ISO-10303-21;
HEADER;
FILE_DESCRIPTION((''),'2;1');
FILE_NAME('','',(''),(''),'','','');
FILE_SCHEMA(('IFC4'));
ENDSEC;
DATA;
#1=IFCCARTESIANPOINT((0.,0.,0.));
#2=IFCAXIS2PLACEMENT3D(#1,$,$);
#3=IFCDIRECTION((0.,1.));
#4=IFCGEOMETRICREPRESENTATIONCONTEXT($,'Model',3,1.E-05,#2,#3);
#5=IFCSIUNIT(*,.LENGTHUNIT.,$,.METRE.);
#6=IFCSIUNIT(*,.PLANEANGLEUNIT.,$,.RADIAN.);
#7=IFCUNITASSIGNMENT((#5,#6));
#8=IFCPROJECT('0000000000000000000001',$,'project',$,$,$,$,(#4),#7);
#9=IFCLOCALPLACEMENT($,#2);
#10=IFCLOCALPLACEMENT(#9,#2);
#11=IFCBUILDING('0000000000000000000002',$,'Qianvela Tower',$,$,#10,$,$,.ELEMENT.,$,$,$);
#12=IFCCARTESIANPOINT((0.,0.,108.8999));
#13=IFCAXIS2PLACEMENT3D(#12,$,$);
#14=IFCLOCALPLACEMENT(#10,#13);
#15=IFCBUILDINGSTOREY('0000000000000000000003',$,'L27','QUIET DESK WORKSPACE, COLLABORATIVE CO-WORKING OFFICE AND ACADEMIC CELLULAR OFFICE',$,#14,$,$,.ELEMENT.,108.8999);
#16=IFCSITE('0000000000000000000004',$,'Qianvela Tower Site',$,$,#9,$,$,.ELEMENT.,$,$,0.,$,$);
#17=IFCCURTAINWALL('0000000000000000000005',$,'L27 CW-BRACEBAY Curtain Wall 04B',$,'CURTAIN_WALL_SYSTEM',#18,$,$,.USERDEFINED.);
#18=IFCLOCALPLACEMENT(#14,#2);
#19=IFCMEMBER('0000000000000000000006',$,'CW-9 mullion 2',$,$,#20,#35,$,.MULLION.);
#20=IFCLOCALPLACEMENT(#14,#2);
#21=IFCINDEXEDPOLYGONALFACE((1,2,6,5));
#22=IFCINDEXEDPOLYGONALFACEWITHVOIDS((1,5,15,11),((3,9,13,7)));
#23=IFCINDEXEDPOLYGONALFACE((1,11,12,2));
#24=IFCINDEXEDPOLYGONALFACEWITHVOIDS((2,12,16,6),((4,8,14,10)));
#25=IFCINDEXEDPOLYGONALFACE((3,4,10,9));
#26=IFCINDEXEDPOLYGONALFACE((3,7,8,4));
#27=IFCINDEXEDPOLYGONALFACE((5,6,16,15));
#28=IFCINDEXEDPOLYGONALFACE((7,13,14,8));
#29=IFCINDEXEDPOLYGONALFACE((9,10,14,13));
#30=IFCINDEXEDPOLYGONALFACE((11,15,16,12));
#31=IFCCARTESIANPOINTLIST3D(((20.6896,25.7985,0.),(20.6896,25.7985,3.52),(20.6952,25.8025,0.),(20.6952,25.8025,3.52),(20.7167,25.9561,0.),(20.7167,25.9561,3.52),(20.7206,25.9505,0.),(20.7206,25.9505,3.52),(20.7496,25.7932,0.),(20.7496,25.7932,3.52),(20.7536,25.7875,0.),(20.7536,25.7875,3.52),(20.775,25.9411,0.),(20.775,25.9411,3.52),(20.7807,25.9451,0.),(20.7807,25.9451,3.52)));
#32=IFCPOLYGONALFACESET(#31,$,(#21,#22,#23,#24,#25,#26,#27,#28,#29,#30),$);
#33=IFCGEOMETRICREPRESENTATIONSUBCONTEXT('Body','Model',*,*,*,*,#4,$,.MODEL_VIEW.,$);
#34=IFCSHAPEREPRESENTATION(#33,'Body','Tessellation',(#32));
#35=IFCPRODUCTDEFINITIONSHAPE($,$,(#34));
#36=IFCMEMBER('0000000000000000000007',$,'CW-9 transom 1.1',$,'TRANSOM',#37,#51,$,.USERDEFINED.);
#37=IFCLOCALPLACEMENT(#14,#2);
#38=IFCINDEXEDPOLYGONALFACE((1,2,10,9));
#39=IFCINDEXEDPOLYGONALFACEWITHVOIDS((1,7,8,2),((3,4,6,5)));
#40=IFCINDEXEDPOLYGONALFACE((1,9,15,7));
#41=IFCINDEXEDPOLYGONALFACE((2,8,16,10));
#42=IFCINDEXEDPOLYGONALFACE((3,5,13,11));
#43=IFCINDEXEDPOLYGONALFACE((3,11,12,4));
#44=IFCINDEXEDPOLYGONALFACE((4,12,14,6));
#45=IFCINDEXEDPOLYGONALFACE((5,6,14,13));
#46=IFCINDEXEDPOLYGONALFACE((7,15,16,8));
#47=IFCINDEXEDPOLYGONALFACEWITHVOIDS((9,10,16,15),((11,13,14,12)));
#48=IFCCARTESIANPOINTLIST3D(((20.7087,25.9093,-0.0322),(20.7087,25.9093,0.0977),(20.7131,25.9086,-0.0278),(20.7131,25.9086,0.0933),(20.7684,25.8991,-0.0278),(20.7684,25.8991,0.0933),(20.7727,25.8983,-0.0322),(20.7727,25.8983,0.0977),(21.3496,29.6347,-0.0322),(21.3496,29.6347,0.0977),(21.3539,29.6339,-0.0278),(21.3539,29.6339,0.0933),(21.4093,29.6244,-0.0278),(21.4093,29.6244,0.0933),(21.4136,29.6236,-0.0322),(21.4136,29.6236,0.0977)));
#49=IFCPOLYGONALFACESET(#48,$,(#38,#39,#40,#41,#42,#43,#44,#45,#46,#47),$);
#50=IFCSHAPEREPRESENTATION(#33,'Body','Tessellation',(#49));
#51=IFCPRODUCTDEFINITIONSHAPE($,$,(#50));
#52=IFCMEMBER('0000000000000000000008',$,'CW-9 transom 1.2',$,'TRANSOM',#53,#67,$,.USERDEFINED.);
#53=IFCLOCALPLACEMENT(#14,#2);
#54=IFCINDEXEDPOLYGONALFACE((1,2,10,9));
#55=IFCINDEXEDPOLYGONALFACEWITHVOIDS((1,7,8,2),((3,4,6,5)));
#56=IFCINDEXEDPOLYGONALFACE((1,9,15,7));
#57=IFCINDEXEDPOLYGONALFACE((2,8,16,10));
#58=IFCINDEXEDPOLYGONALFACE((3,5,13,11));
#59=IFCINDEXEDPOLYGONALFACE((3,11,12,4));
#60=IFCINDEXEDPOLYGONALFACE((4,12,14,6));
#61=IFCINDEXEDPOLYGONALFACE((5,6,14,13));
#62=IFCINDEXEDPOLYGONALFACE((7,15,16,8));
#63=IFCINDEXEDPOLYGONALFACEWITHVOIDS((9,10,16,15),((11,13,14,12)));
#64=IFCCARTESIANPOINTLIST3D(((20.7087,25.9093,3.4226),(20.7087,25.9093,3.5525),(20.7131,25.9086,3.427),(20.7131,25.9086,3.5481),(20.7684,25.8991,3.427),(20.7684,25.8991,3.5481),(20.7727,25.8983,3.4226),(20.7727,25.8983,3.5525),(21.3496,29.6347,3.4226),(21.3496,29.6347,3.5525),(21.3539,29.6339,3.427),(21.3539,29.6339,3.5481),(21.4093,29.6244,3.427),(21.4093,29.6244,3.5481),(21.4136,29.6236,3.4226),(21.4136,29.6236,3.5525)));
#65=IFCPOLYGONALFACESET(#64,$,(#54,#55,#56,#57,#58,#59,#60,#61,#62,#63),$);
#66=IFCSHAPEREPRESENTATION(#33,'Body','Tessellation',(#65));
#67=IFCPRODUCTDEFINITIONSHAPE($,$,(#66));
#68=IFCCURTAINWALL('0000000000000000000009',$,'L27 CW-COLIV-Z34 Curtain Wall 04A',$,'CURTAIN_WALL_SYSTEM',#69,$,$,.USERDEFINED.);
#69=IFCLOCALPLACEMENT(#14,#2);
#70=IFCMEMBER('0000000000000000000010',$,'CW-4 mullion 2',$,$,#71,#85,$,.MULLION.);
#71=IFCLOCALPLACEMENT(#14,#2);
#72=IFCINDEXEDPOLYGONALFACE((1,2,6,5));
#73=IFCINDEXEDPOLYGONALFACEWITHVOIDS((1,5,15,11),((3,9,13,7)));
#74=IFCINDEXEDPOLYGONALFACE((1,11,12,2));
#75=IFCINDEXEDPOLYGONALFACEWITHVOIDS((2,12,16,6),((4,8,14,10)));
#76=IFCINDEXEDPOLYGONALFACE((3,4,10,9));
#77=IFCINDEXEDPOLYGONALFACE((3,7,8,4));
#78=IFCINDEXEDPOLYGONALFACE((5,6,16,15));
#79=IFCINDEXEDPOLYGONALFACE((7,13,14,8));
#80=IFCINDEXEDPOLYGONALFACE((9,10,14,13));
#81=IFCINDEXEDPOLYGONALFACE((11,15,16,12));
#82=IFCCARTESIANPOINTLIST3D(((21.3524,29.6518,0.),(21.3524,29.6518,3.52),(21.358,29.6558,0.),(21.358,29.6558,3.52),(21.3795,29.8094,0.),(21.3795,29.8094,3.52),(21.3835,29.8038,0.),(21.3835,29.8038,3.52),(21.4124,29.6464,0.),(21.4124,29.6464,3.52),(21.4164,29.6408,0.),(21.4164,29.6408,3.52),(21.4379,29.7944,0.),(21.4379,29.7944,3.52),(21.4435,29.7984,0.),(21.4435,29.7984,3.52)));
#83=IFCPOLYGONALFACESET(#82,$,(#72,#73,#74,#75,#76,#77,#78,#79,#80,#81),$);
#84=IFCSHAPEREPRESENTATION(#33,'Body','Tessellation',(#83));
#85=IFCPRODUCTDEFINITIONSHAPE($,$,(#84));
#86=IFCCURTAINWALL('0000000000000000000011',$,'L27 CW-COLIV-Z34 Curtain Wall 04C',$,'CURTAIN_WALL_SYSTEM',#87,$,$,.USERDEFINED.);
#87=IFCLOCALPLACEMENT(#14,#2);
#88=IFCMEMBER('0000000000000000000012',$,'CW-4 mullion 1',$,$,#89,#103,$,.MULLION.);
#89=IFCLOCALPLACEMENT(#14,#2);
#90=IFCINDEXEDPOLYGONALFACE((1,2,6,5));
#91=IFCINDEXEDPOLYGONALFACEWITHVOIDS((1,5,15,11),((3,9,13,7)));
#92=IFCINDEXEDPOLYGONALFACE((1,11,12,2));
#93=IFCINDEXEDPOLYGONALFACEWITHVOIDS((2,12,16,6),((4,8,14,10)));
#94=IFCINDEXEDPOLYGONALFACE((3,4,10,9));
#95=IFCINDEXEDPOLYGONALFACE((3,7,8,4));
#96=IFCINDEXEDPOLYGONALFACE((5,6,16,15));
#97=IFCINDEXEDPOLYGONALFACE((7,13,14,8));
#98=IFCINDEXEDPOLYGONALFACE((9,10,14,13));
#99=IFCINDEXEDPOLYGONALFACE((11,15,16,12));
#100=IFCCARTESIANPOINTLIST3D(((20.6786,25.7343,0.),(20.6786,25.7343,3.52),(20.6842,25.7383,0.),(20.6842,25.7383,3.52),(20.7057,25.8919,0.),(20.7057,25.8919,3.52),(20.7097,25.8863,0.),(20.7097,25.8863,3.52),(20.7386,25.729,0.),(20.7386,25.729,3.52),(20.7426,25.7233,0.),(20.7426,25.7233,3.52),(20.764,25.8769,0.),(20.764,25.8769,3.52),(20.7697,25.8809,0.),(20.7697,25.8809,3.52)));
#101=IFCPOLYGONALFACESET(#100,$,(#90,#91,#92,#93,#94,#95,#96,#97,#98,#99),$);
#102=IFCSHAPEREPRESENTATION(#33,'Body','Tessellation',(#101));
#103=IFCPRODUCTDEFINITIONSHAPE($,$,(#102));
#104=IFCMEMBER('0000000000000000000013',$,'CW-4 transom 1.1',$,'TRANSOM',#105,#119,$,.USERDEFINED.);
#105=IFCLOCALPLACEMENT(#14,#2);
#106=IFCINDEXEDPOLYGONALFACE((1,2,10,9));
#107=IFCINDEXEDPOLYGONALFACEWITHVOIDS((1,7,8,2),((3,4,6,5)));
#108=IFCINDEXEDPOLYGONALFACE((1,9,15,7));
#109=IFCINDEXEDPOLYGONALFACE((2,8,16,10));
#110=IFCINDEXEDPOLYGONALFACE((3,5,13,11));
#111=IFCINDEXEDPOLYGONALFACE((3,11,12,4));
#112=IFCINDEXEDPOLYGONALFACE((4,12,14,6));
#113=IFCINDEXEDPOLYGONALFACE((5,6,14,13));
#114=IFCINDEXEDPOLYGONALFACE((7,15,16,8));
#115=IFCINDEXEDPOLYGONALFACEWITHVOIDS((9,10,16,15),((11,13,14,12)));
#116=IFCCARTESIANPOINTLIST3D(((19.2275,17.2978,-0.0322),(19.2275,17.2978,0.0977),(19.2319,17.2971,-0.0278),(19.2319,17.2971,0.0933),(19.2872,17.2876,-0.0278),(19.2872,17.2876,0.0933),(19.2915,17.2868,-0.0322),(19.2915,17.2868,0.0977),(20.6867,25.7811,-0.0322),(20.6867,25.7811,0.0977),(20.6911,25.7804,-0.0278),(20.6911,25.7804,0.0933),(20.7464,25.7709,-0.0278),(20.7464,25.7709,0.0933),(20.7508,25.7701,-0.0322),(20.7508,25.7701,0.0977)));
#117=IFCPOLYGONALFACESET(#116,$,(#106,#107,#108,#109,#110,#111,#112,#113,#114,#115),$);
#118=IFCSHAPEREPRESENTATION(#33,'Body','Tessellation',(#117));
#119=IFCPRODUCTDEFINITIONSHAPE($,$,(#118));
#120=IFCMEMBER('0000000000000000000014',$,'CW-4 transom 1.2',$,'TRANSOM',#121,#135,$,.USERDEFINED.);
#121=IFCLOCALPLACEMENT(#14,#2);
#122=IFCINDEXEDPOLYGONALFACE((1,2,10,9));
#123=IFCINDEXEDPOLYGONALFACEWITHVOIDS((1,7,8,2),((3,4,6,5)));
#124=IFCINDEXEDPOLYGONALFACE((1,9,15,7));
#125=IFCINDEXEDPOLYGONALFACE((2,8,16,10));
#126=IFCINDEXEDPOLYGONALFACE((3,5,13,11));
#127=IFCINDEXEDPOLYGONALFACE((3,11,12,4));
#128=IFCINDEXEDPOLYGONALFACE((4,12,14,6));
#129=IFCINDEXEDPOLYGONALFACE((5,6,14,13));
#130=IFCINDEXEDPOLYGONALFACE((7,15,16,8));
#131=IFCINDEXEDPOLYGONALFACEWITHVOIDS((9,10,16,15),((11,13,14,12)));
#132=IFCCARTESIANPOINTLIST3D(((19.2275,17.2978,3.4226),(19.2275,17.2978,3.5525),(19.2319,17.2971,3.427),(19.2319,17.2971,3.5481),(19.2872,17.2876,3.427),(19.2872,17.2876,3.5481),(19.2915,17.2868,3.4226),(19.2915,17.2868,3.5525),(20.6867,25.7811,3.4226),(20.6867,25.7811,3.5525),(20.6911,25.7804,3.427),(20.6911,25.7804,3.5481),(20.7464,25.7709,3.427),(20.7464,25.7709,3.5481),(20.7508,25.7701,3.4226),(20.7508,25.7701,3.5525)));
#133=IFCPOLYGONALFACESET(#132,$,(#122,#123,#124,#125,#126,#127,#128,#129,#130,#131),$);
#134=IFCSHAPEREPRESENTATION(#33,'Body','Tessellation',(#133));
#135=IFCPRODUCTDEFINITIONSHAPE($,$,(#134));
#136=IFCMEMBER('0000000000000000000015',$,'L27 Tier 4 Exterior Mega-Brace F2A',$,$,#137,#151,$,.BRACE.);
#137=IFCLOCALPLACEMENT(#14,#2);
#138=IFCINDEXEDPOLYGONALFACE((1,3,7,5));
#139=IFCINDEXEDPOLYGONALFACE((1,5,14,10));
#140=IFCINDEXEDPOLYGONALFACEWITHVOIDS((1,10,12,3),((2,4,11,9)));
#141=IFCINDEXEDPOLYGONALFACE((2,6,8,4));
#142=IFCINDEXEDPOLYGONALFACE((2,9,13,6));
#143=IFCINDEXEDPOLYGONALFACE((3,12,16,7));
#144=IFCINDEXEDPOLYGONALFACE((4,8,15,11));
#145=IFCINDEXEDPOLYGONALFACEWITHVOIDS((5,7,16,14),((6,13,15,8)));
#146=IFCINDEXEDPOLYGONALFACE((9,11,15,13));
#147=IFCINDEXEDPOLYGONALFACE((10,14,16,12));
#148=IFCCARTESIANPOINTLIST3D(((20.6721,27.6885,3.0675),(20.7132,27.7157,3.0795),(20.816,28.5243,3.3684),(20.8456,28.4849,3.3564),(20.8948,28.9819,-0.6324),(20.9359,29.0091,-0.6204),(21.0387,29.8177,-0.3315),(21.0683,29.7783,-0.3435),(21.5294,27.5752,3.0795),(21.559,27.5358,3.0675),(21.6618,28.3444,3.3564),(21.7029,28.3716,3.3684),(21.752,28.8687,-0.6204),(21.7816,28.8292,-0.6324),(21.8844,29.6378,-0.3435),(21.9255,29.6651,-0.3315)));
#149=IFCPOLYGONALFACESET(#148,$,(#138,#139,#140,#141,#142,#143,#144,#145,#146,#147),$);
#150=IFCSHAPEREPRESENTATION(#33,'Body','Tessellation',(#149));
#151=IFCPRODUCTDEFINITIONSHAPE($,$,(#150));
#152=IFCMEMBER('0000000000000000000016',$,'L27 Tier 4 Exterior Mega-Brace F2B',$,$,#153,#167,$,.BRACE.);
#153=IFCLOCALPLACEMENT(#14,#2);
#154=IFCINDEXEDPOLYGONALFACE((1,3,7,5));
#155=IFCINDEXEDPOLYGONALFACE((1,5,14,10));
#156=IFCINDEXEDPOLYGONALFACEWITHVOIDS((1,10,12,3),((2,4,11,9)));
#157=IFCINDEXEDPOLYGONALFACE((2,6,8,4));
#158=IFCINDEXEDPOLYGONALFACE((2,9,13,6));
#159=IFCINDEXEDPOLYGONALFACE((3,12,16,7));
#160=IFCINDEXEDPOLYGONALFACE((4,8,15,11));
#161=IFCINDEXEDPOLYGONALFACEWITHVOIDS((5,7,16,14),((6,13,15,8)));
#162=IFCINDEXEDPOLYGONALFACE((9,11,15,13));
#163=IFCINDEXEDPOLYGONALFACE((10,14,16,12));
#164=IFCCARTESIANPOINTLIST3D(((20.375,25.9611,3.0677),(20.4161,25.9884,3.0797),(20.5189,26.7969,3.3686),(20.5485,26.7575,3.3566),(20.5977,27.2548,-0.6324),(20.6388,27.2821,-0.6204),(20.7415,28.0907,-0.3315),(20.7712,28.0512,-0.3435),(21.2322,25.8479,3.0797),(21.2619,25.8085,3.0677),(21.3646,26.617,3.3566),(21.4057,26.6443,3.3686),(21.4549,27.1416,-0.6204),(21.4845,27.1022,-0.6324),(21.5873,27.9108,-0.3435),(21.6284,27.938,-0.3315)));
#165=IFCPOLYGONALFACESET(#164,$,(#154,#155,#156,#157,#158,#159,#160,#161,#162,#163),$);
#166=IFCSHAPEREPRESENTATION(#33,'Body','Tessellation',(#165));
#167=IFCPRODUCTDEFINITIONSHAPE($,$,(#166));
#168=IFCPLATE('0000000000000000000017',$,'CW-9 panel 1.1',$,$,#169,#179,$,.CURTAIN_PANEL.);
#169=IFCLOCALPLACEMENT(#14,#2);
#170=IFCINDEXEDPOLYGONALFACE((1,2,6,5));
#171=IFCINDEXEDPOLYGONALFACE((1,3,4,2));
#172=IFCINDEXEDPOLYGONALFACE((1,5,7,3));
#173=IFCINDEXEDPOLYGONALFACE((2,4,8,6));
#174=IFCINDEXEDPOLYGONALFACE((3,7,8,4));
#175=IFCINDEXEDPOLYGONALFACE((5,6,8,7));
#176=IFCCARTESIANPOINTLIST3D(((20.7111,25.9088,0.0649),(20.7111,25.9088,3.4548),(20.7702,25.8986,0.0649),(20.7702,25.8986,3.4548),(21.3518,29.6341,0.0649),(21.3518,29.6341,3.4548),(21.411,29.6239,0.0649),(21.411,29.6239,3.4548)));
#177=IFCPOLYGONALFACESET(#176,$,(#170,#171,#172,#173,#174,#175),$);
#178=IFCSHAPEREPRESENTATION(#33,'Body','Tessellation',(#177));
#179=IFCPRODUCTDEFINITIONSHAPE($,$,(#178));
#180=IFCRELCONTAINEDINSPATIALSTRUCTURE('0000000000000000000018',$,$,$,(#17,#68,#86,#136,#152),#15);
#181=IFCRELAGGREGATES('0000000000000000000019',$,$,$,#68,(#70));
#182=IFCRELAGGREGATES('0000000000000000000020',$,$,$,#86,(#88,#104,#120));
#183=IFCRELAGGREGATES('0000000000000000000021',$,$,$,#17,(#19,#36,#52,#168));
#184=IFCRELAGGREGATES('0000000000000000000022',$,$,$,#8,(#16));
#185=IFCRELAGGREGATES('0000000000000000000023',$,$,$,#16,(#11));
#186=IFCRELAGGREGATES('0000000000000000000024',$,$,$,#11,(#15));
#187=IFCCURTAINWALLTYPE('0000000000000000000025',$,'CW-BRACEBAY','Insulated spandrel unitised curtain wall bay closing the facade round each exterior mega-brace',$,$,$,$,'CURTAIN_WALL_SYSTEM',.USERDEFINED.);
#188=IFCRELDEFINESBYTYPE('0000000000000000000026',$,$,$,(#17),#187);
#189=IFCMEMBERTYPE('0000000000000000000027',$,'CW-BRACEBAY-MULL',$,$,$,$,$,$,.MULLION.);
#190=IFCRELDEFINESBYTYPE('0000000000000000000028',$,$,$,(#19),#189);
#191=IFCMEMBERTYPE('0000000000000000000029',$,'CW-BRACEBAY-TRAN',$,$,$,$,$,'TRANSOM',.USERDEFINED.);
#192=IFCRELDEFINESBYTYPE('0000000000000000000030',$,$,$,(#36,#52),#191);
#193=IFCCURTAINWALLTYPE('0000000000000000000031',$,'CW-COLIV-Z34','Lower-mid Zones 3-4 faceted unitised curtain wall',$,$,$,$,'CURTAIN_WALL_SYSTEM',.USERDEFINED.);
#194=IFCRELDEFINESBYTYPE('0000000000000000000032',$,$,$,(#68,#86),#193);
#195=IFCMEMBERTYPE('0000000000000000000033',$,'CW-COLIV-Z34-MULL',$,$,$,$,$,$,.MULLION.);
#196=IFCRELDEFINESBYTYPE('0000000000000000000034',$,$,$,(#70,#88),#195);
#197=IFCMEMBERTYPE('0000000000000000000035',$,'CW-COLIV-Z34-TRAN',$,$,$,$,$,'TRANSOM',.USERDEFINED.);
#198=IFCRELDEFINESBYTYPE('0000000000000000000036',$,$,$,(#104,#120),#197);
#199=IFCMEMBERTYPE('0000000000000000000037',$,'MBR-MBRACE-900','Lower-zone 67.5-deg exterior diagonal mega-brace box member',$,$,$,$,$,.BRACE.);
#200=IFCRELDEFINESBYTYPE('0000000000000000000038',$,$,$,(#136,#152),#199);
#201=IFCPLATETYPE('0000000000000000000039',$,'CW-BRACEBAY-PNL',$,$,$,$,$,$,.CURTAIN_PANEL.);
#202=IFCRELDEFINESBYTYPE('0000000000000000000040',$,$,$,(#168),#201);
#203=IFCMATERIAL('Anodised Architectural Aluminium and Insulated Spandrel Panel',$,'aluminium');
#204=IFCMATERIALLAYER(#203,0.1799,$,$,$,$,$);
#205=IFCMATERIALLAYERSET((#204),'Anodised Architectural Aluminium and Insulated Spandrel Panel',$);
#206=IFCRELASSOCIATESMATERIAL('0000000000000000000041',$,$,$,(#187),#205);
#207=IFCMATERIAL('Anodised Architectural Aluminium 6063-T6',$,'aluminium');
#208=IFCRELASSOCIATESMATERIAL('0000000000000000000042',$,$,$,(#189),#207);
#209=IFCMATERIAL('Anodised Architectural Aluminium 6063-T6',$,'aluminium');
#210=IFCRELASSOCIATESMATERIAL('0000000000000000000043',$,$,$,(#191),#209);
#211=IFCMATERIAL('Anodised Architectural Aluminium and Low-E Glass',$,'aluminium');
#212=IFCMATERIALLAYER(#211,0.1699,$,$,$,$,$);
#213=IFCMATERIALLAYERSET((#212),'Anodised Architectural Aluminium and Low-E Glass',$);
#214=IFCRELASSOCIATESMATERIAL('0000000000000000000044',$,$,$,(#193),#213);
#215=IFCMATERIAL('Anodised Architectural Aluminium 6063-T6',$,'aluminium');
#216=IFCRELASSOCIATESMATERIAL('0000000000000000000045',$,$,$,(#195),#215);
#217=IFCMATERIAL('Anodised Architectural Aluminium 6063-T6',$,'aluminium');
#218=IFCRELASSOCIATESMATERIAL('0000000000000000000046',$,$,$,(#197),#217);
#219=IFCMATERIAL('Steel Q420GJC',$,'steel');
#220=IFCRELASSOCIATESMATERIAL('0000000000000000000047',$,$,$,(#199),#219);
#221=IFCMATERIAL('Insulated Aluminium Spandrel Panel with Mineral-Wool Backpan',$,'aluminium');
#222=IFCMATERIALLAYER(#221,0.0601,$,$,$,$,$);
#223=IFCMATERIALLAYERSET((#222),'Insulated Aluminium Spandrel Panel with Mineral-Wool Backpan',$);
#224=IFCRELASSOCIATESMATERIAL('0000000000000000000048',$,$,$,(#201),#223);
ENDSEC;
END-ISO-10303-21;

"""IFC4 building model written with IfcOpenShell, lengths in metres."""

from ifc_helpers import new_model, si_unit, direction, frame, origin, origin_2d, place, context, subcontext, project, spatial, rectangle, hollow_rectangle, extrude, material, layer, layer_set, material_profile, profile_set, type_object, element, aggregate, save


model = new_model("IFC4")

# Units and contexts
model_context = context("Model", 3, precision=1e-05, world=origin(), true_north=direction((0.0, 1.0)))
body_context = subcontext(model_context, "Body", "Model", "MODEL_VIEW")
ifc_project = project(units=[si_unit("LENGTHUNIT", "METRE"), si_unit("PLANEANGLEUNIT", "RADIAN")], contexts=[model_context])

# Site, building, storey
site_placement = place(None, origin())
site = spatial("IfcSite", under=ifc_project, at=site_placement, Name="Qianvela Tower Site", CompositionType="ELEMENT", RefElevation=0.0)
building_placement = place(site_placement, origin())
building = spatial("IfcBuilding", under=site, at=building_placement, Name="Qianvela Tower", CompositionType="ELEMENT")
storey_placement = place(building_placement, frame((0.0, 0.0, 108.8999)))
storey = spatial("IfcBuildingStorey", under=building, at=storey_placement, Name="L27", Description="QUIET DESK WORKSPACE, COLLABORATIVE CO-WORKING OFFICE AND ACADEMIC CELLULAR OFFICE", CompositionType="ELEMENT", Elevation=108.8999)

# Curtain wall, members
ifc_material_1 = material(Name="Anodised Architectural Aluminium and Insulated Spandrel Panel", Category="aluminium")
ifc_layer_1 = layer(ifc_material_1, 0.1799)
ifc_layer_set_1 = layer_set([ifc_layer_1], Name="Anodised Architectural Aluminium and Insulated Spandrel Panel")
curtain_wall_type_1 = type_object("IfcCurtainWallType", Name="CW-BRACEBAY", Description="Insulated spandrel unitised curtain wall bay closing the facade round each exterior mega-brace", ElementType="CURTAIN_WALL_SYSTEM", PredefinedType="USERDEFINED", material=ifc_layer_set_1)
curtain_wall_1_placement = place(storey_placement, origin())
curtain_wall_1 = element("IfcCurtainWall", 1, at=curtain_wall_1_placement, inside=storey, type_object=curtain_wall_type_1, Name="L27 CW-BRACEBAY Curtain Wall 04B", ObjectType="CURTAIN_WALL_SYSTEM", PredefinedType="USERDEFINED")
ifc_material_2 = material(Name="Anodised Architectural Aluminium 6063-T6", Category="aluminium")
ifc_material_profile_1 = material_profile(ifc_material_2, hollow_rectangle(XDim=0.0649, YDim=0.1599, WallThickness=0.0049, at=origin_2d()), Name="ALU-MULL-65x160")
ifc_profile_set_1 = profile_set([ifc_material_profile_1], Name="Anodised Architectural Aluminium 6063-T6")
member_type_1 = type_object("IfcMemberType", Name="CW-BRACEBAY-MULL", PredefinedType="MULLION", material=ifc_profile_set_1)
member_1_placement = place(storey_placement, frame((20.7351, 25.8718, 0.0), z_axis=(0.0, 0.0, 1.0), x_axis=(0.985528, -0.169515, 0.0)))
member_1 = element("IfcMember", 2, at=member_1_placement, type_object=member_type_1, Name="CW-9 mullion 2", PredefinedType="MULLION", context=body_context, shape_type="SweptSolid", body=[
    extrude(hollow_rectangle(XDim=0.0649, YDim=0.1599, WallThickness=0.0049, at=origin_2d()), origin(), (0.0, 0.0, 1.0), 3.52),
])
ifc_material_3 = material(Name="Anodised Architectural Aluminium 6063-T6", Category="aluminium")
ifc_material_profile_2 = material_profile(ifc_material_3, hollow_rectangle(XDim=0.0649, YDim=0.1299, WallThickness=0.0044, at=origin_2d()), Name="ALU-TRAN-65x130")
ifc_profile_set_2 = profile_set([ifc_material_profile_2], Name="Anodised Architectural Aluminium 6063-T6")
member_type_2 = type_object("IfcMemberType", Name="CW-BRACEBAY-TRAN", ElementType="TRANSOM", PredefinedType="USERDEFINED", material=ifc_profile_set_2)
member_2_placement = place(storey_placement, frame((21.3816, 29.6292, 0.0327), z_axis=(-0.169539, -0.985523, 0.0), x_axis=(0.985523, -0.169539, 0.0)))
member_2 = element("IfcMember", 3, at=member_2_placement, type_object=member_type_2, Name="CW-9 transom 1.1", ObjectType="TRANSOM", PredefinedType="USERDEFINED", context=body_context, shape_type="SweptSolid", body=[
    extrude(hollow_rectangle(XDim=0.0649, YDim=0.1299, WallThickness=0.0044, at=origin_2d()), origin(), (0.0, 0.0, 1.0), 3.78),
])
member_3_placement = place(storey_placement, frame((21.3816, 29.6292, 3.4875), z_axis=(-0.169539, -0.985523, 0.0), x_axis=(0.985523, -0.169539, 0.0)))
member_3 = element("IfcMember", 4, at=member_3_placement, type_object=member_type_2, Name="CW-9 transom 1.2", ObjectType="TRANSOM", PredefinedType="USERDEFINED", context=body_context, shape_type="SweptSolid", body=[
    extrude(hollow_rectangle(XDim=0.0649, YDim=0.1299, WallThickness=0.0044, at=origin_2d()), origin(), (0.0, 0.0, 1.0), 3.78),
])

# Curtain wall, member
ifc_material_4 = material(Name="Anodised Architectural Aluminium and Low-E Glass", Category="aluminium")
ifc_layer_2 = layer(ifc_material_4, 0.1699)
ifc_layer_set_2 = layer_set([ifc_layer_2], Name="Anodised Architectural Aluminium and Low-E Glass")
curtain_wall_type_2 = type_object("IfcCurtainWallType", Name="CW-COLIV-Z34", Description="Lower-mid Zones 3-4 faceted unitised curtain wall", ElementType="CURTAIN_WALL_SYSTEM", PredefinedType="USERDEFINED", material=ifc_layer_set_2)
curtain_wall_2_placement = place(storey_placement, origin())
curtain_wall_2 = element("IfcCurtainWall", 5, at=curtain_wall_2_placement, inside=storey, type_object=curtain_wall_type_2, Name="L27 CW-COLIV-Z34 Curtain Wall 04A", ObjectType="CURTAIN_WALL_SYSTEM", PredefinedType="USERDEFINED")
ifc_material_5 = material(Name="Anodised Architectural Aluminium 6063-T6", Category="aluminium")
ifc_material_profile_3 = material_profile(ifc_material_5, hollow_rectangle(XDim=0.0649, YDim=0.1599, WallThickness=0.0049, at=origin_2d()), Name="ALU-MULL-65x160")
ifc_profile_set_3 = profile_set([ifc_material_profile_3], Name="Anodised Architectural Aluminium 6063-T6")
member_type_3 = type_object("IfcMemberType", Name="CW-COLIV-Z34-MULL", PredefinedType="MULLION", material=ifc_profile_set_3)
member_4_placement = place(storey_placement, frame((21.3979, 29.7251, 0.0), z_axis=(0.0, 0.0, 1.0), x_axis=(0.985527, -0.169521, 0.0)))
member_4 = element("IfcMember", 6, at=member_4_placement, type_object=member_type_3, Name="CW-4 mullion 2", PredefinedType="MULLION", context=body_context, shape_type="SweptSolid", body=[
    extrude(hollow_rectangle(XDim=0.0649, YDim=0.1599, WallThickness=0.0049, at=origin_2d()), origin(), (0.0, 0.0, 1.0), 3.52),
])
aggregate(curtain_wall_2, [member_4])

# Curtain wall, members
curtain_wall_3_placement = place(storey_placement, origin())
curtain_wall_3 = element("IfcCurtainWall", 7, at=curtain_wall_3_placement, inside=storey, type_object=curtain_wall_type_2, Name="L27 CW-COLIV-Z34 Curtain Wall 04C", ObjectType="CURTAIN_WALL_SYSTEM", PredefinedType="USERDEFINED")
member_5_placement = place(storey_placement, frame((20.7241, 25.8076, 0.0), z_axis=(0.0, 0.0, 1.0), x_axis=(0.985526, -0.169523, 0.0)))
member_5 = element("IfcMember", 8, at=member_5_placement, type_object=member_type_3, Name="CW-4 mullion 1", PredefinedType="MULLION", context=body_context, shape_type="SweptSolid", body=[
    extrude(hollow_rectangle(XDim=0.0649, YDim=0.1599, WallThickness=0.0049, at=origin_2d()), origin(), (0.0, 0.0, 1.0), 3.52),
])
ifc_material_6 = material(Name="Anodised Architectural Aluminium 6063-T6", Category="aluminium")
ifc_material_profile_4 = material_profile(ifc_material_6, hollow_rectangle(XDim=0.0649, YDim=0.1299, WallThickness=0.0044, at=origin_2d()), Name="ALU-TRAN-65x130")
ifc_profile_set_4 = profile_set([ifc_material_profile_4], Name="Anodised Architectural Aluminium 6063-T6")
member_type_4 = type_object("IfcMemberType", Name="CW-COLIV-Z34-TRAN", ElementType="TRANSOM", PredefinedType="USERDEFINED", material=ifc_profile_set_4)
member_6_placement = place(storey_placement, frame((20.7188, 25.7756, 0.0327), z_axis=(-0.16952, -0.985527, 0.0), x_axis=(0.985527, -0.16952, 0.0)))
member_6 = element("IfcMember", 9, at=member_6_placement, type_object=member_type_4, Name="CW-4 transom 1.1", ObjectType="TRANSOM", PredefinedType="USERDEFINED", context=body_context, shape_type="SweptSolid", body=[
    extrude(hollow_rectangle(XDim=0.0649, YDim=0.1299, WallThickness=0.0044, at=origin_2d()), origin(), (0.0, 0.0, 1.0), 8.6079),
])
member_7_placement = place(storey_placement, frame((20.7188, 25.7756, 3.4875), z_axis=(-0.16952, -0.985527, 0.0), x_axis=(0.985527, -0.16952, 0.0)))
member_7 = element("IfcMember", 10, at=member_7_placement, type_object=member_type_4, Name="CW-4 transom 1.2", ObjectType="TRANSOM", PredefinedType="USERDEFINED", context=body_context, shape_type="SweptSolid", body=[
    extrude(hollow_rectangle(XDim=0.0649, YDim=0.1299, WallThickness=0.0044, at=origin_2d()), origin(), (0.0, 0.0, 1.0), 8.6079),
])
aggregate(curtain_wall_3, [member_5, member_6, member_7])

# Members
ifc_material_7 = material(Name="Steel Q420GJC", Category="steel")
ifc_material_profile_5 = material_profile(ifc_material_7, hollow_rectangle(XDim=0.8999, YDim=0.8999, WallThickness=0.0359, at=origin_2d()), Name="MBOX-900x900x36")
ifc_profile_set_5 = profile_set([ifc_material_profile_5], Name="Steel Q420GJC")
member_type_5 = type_object("IfcMemberType", Name="MBR-MBRACE-900", Description="Lower-zone 67.5-deg exterior diagonal mega-brace box member", PredefinedType="BRACE", material=ifc_profile_set_5)
member_8_placement = place(storey_placement, frame((21.4102, 29.3235, -0.4819), z_axis=(-0.056716, -0.329472, 0.94246), x_axis=(0.985505, -0.169645, 0.0)))
element("IfcMember", 11, at=member_8_placement, inside=storey, type_object=member_type_5, Name="L27 Tier 4 Exterior Mega-Brace F2A", PredefinedType="BRACE", context=body_context, shape_type="SweptSolid", body=[
    extrude(hollow_rectangle(XDim=0.8999, YDim=0.8999, WallThickness=0.0359, at=origin_2d()), origin(), (0.0, 0.0, 1.0), 3.9258),
])
member_9_placement = place(storey_placement, frame((21.113, 27.5964, -0.4819), z_axis=(-0.056714, -0.329528, 0.942441), x_axis=(0.985511, -0.169614, 0.0)))
element("IfcMember", 12, at=member_9_placement, inside=storey, type_object=member_type_5, Name="L27 Tier 4 Exterior Mega-Brace F2B", PredefinedType="BRACE", context=body_context, shape_type="SweptSolid", body=[
    extrude(hollow_rectangle(XDim=0.8999, YDim=0.8999, WallThickness=0.0359, at=origin_2d()), origin(), (0.0, 0.0, 1.0), 3.926),
])

# Plate
ifc_material_8 = material(Name="Insulated Aluminium Spandrel Panel with Mineral-Wool Backpan", Category="aluminium")
ifc_layer_3 = layer(ifc_material_8, 0.0601)
ifc_layer_set_3 = layer_set([ifc_layer_3], Name="Insulated Aluminium Spandrel Panel with Mineral-Wool Backpan")
plate_type = type_object("IfcPlateType", Name="CW-BRACEBAY-PNL", PredefinedType="CURTAIN_PANEL", material=ifc_layer_set_3)
plate_placement = place(storey_placement, frame((21.061, 27.7664, 0.0649), z_axis=(0.0, 0.0, 1.0), x_axis=(-0.169515, -0.985528, 0.0)))
plate = element("IfcPlate", 13, at=plate_placement, type_object=plate_type, Name="CW-9 panel 1.1", PredefinedType="CURTAIN_PANEL", context=body_context, shape_type="SweptSolid", body=[
    extrude(rectangle(XDim=3.78, YDim=0.0601, at=origin_2d()), origin(), (0.0, 0.0, 1.0), 3.3899),
])
aggregate(curtain_wall_1, [member_1, member_2, member_3, plate])

save(model, "model.ifc")
